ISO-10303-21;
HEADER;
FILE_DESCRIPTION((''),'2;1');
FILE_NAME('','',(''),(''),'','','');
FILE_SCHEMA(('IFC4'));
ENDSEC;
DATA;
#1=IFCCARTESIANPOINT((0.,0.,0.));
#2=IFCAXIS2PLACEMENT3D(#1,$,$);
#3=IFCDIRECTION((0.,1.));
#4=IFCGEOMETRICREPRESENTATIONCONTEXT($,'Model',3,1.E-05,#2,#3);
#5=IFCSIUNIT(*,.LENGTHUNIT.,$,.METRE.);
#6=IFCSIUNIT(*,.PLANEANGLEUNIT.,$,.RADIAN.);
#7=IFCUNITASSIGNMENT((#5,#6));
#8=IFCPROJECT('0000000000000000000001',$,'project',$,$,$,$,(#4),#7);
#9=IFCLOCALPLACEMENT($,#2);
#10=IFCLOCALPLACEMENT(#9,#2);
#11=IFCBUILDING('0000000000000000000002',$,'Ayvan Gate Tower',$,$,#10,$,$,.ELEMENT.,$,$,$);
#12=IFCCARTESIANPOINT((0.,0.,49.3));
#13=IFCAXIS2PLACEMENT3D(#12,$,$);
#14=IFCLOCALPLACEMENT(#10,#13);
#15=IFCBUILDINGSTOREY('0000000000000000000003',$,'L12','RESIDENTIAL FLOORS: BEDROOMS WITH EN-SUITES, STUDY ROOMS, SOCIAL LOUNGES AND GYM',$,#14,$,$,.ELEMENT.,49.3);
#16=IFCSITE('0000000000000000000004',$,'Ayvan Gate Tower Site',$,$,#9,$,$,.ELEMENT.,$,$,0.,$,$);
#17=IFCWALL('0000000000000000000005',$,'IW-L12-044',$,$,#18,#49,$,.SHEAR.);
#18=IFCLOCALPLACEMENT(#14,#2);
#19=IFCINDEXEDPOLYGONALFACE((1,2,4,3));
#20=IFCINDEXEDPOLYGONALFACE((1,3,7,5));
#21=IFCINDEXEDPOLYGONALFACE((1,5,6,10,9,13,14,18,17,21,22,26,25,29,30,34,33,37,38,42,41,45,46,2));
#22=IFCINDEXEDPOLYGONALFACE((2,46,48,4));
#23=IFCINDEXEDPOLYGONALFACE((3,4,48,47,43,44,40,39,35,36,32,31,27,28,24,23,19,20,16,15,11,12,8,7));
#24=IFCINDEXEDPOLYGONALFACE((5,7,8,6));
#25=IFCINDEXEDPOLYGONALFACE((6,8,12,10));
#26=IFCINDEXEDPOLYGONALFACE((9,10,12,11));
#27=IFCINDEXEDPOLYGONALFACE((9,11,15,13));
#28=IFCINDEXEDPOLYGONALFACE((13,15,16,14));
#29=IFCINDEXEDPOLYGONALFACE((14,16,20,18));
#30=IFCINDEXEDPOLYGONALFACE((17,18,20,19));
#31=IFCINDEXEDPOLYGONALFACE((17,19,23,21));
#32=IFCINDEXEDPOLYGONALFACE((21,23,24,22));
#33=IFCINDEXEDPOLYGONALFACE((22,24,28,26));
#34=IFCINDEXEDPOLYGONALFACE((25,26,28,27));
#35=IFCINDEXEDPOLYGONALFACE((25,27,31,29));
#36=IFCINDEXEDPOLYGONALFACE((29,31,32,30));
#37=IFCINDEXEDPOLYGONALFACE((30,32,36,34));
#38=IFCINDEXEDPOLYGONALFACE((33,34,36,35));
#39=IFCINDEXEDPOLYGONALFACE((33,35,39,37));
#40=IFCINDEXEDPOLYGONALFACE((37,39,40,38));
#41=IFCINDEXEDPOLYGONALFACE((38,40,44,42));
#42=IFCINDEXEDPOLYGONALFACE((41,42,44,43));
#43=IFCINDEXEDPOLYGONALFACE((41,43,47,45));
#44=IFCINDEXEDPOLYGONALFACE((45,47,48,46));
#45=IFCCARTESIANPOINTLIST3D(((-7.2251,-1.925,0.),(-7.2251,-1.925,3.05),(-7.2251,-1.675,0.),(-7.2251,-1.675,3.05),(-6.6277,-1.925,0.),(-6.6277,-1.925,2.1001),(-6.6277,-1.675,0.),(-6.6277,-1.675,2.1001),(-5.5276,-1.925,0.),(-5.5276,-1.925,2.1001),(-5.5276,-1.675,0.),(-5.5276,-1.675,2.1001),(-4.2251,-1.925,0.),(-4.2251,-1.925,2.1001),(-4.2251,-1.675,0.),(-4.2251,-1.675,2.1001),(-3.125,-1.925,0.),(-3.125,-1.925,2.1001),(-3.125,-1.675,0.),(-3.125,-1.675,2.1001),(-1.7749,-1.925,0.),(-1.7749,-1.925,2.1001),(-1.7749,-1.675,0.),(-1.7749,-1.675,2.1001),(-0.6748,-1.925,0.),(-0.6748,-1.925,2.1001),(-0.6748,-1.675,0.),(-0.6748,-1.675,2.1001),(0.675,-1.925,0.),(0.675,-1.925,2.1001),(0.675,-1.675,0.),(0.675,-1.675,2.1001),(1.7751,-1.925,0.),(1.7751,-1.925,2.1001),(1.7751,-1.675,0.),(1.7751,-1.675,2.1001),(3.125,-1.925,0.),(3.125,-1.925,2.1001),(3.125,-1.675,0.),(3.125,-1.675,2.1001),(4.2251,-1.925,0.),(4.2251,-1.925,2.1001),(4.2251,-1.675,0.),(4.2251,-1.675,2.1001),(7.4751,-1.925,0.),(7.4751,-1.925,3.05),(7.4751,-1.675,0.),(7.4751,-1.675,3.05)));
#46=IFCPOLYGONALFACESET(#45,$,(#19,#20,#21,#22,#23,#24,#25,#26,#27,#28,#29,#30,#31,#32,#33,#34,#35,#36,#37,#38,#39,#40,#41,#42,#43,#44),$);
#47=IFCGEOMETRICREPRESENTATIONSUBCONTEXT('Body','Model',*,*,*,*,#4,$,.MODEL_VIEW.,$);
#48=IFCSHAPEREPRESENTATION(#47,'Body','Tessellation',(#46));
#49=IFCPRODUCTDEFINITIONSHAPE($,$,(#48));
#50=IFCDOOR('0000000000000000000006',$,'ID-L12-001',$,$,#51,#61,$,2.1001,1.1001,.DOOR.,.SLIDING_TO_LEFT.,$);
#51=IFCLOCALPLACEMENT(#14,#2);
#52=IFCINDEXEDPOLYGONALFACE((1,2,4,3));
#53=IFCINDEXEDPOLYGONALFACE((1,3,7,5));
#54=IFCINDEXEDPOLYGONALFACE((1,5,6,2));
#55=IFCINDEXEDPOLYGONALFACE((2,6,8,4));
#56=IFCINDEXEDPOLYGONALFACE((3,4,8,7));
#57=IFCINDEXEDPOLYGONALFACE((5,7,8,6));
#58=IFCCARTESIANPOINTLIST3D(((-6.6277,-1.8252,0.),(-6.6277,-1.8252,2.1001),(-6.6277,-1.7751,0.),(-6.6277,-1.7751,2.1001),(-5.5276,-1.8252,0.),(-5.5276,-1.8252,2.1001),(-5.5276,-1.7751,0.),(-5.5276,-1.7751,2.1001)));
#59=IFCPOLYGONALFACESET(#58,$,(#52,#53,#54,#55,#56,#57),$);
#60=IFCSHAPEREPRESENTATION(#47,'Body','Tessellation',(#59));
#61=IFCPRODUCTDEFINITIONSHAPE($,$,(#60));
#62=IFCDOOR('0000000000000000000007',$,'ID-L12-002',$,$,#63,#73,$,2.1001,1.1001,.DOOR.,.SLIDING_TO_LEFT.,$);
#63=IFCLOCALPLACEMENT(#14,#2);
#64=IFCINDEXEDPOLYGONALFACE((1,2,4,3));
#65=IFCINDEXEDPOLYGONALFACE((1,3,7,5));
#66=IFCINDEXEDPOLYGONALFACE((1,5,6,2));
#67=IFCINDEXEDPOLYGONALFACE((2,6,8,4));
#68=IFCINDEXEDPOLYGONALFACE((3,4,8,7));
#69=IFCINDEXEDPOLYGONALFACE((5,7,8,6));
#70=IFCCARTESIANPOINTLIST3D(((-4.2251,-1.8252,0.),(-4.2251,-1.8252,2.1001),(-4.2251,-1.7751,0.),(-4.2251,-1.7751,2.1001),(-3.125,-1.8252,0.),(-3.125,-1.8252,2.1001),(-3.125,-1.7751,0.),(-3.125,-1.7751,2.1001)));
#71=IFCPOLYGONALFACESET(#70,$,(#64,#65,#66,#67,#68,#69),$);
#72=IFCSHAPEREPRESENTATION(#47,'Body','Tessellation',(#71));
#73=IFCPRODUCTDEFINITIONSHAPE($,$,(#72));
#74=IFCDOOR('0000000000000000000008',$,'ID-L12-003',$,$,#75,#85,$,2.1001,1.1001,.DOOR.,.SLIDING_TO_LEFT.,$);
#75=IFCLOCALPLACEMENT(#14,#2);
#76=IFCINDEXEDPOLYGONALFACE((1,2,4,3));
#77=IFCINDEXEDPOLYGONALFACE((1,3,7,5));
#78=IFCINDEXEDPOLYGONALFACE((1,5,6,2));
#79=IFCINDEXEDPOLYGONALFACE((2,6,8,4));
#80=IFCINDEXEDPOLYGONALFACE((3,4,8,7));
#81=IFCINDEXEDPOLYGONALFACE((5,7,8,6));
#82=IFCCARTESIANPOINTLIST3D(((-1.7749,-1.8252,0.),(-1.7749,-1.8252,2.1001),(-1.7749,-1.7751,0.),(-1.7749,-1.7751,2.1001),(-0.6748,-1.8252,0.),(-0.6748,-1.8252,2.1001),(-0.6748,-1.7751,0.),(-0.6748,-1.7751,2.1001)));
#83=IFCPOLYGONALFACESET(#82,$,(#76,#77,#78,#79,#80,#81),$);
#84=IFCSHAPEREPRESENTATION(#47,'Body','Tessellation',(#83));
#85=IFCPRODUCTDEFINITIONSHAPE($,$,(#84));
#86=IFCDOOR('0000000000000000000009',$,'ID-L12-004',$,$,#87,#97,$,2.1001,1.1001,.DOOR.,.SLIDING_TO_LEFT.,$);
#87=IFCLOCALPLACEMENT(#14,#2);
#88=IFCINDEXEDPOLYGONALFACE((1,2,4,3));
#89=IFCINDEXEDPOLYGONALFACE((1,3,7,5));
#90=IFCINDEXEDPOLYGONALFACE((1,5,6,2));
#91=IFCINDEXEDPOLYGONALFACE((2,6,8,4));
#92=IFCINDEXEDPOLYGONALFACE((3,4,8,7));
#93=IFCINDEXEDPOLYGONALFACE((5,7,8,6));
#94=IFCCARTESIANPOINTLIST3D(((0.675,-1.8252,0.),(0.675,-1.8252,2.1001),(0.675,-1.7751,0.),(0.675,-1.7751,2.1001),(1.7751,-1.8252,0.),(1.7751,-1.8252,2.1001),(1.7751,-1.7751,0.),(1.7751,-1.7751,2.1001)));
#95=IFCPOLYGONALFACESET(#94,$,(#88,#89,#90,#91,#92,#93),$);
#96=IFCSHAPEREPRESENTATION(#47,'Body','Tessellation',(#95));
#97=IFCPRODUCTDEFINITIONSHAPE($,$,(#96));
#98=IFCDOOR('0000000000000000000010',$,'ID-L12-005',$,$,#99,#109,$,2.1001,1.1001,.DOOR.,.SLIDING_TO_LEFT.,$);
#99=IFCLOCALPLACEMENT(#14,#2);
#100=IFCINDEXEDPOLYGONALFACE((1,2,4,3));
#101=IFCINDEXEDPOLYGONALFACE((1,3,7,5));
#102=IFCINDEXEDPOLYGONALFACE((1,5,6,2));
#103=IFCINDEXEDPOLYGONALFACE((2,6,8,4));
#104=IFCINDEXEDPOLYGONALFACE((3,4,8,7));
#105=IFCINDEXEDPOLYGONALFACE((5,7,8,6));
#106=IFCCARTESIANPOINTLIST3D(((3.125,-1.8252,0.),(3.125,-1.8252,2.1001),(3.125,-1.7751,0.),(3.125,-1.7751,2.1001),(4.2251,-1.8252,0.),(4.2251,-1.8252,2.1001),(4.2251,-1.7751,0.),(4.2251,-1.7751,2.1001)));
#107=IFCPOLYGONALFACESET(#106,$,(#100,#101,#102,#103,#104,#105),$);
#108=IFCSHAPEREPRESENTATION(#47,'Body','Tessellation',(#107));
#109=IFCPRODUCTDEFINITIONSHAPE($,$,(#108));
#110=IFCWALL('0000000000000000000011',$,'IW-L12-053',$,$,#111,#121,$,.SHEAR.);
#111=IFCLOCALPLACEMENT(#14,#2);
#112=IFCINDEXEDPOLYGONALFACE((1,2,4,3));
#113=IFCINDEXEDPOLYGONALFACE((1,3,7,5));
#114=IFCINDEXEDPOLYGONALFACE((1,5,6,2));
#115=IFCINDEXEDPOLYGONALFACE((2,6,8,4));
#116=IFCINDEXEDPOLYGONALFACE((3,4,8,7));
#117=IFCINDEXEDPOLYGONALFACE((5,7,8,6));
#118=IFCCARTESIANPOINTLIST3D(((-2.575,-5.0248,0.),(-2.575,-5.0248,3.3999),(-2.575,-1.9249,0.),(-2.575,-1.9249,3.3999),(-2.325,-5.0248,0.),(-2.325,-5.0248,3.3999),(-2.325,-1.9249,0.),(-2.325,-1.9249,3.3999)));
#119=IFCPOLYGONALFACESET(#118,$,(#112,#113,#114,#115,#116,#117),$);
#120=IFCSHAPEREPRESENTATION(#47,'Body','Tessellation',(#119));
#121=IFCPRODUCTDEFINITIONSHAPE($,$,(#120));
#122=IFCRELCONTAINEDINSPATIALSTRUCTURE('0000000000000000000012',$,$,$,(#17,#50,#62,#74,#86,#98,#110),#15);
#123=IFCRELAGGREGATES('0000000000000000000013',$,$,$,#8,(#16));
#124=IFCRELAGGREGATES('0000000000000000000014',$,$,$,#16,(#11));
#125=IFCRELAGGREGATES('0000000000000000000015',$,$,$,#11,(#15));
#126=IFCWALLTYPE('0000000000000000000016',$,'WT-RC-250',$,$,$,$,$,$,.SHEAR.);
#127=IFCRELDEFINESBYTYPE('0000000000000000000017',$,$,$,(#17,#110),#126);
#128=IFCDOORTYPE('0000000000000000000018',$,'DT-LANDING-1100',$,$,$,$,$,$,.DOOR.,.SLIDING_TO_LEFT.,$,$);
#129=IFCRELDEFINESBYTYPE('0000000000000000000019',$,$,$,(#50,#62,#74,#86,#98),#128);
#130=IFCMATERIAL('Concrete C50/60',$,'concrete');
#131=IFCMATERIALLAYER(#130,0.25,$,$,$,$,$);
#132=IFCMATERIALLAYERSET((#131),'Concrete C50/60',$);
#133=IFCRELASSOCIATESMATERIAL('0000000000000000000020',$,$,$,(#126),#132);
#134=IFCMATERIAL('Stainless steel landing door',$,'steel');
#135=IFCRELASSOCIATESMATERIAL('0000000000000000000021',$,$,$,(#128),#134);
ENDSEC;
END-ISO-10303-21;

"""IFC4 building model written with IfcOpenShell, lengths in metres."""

from ifc_helpers import new_model, si_unit, direction, frame, frame_2d, origin, place, context, subcontext, project, spatial, rectangle, extrude, material, layer, layer_set, type_object, element, fill, save


model = new_model("IFC4")

# Units and contexts
model_context = context("Model", 3, precision=1e-05, world=origin(), true_north=direction((0.0, 1.0)))
body_context = subcontext(model_context, "Body", "Model", "MODEL_VIEW")
ifc_project = project(units=[si_unit("LENGTHUNIT", "METRE"), si_unit("PLANEANGLEUNIT", "RADIAN")], contexts=[model_context])

# Site, building, storey
site_placement = place(None, origin())
site = spatial("IfcSite", under=ifc_project, at=site_placement, Name="Ayvan Gate Tower Site", CompositionType="ELEMENT", RefElevation=0.0)
building_placement = place(site_placement, origin())
building = spatial("IfcBuilding", under=site, at=building_placement, Name="Ayvan Gate Tower", CompositionType="ELEMENT")
storey_placement = place(building_placement, frame((0.0, 0.0, 49.3)))
storey = spatial("IfcBuildingStorey", under=building, at=storey_placement, Name="L12", Description="RESIDENTIAL FLOORS: BEDROOMS WITH EN-SUITES, STUDY ROOMS, SOCIAL LOUNGES AND GYM", CompositionType="ELEMENT", Elevation=49.3)

# Shared definitions
ifc_material_1 = material(Name="Concrete C50/60", Category="concrete")
ifc_layer_1 = layer(ifc_material_1, 0.25)
ifc_layer_set_1 = layer_set([ifc_layer_1], Name="Concrete C50/60")
wall_type_1 = type_object("IfcWallType", Name="WT-RC-250", PredefinedType="SHEAR", material=ifc_layer_set_1)

# Wall, openings, doors
wall_1_placement = place(storey_placement, frame((-7.2251, -1.8, 0.0), z_axis=(0.0, 0.0, 1.0), x_axis=(1.0, 0.0, 0.0)))
wall_1 = element("IfcWall", 1, at=wall_1_placement, inside=storey, type_object=wall_type_1, Name="IW-L12-044", PredefinedType="SHEAR", context=body_context, shape_type="SweptSolid", body=[
    extrude(rectangle(XDim=14.7002, YDim=0.25, at=frame_2d((7.3501, 0.0))), origin(), (0.0, 0.0, 1.0), 3.05),
])
opening_1_placement = place(wall_1_placement, frame((0.5974, 0.0, 0.0)))
opening_1 = element("IfcOpeningElement", 2, at=opening_1_placement, cuts=wall_1, PredefinedType="OPENING", context=body_context, shape_type="SweptSolid", body=[
    extrude(rectangle(XDim=1.1001, YDim=2.1001, at=frame_2d((0.55, 1.05))), frame((0.0, 0.135, 0.0), z_axis=(0.0, -1.0, 0.0), x_axis=(1.0, 0.0, 0.0)), (0.0, 0.0, 1.0), 0.27),
])
opening_2_placement = place(wall_1_placement, frame((3.0, 0.0, 0.0)))
opening_2 = element("IfcOpeningElement", 3, at=opening_2_placement, cuts=wall_1, PredefinedType="OPENING", context=body_context, shape_type="SweptSolid", body=[
    extrude(rectangle(XDim=1.1001, YDim=2.1001, at=frame_2d((0.55, 1.05))), frame((0.0, 0.135, 0.0), z_axis=(0.0, -1.0, 0.0), x_axis=(1.0, 0.0, 0.0)), (0.0, 0.0, 1.0), 0.27),
])
opening_3_placement = place(wall_1_placement, frame((5.4502, 0.0, 0.0)))
opening_3 = element("IfcOpeningElement", 4, at=opening_3_placement, cuts=wall_1, PredefinedType="OPENING", context=body_context, shape_type="SweptSolid", body=[
    extrude(rectangle(XDim=1.1001, YDim=2.1001, at=frame_2d((0.55, 1.05))), frame((0.0, 0.135, 0.0), z_axis=(0.0, -1.0, 0.0), x_axis=(1.0, 0.0, 0.0)), (0.0, 0.0, 1.0), 0.27),
])
opening_4_placement = place(wall_1_placement, frame((7.9001, 0.0, 0.0)))
opening_4 = element("IfcOpeningElement", 5, at=opening_4_placement, cuts=wall_1, PredefinedType="OPENING", context=body_context, shape_type="SweptSolid", body=[
    extrude(rectangle(XDim=1.1001, YDim=2.1001, at=frame_2d((0.55, 1.05))), frame((0.0, 0.135, 0.0), z_axis=(0.0, -1.0, 0.0), x_axis=(1.0, 0.0, 0.0)), (0.0, 0.0, 1.0), 0.27),
])
opening_5_placement = place(wall_1_placement, frame((10.3501, 0.0, 0.0)))
opening_5 = element("IfcOpeningElement", 6, at=opening_5_placement, cuts=wall_1, PredefinedType="OPENING", context=body_context, shape_type="SweptSolid", body=[
    extrude(rectangle(XDim=1.1001, YDim=2.1001, at=frame_2d((0.55, 1.05))), frame((0.0, 0.135, 0.0), z_axis=(0.0, -1.0, 0.0), x_axis=(1.0, 0.0, 0.0)), (0.0, 0.0, 1.0), 0.27),
])
ifc_material_2 = material(Name="Stainless steel landing door", Category="steel")
door_type_1 = type_object("IfcDoorType", Name="DT-LANDING-1100", OperationType="SLIDING_TO_LEFT", PredefinedType="DOOR", material=ifc_material_2)
door_1_placement = place(opening_1_placement, origin())
door_1 = element("IfcDoor", 7, at=door_1_placement, inside=storey, type_object=door_type_1, Name="ID-L12-001", OperationType="SLIDING_TO_LEFT", OverallHeight=2.1001, OverallWidth=1.1001, PredefinedType="DOOR", context=body_context, shape_type="SweptSolid", body=[
    extrude(rectangle(XDim=1.1001, YDim=2.1001, at=frame_2d((0.55, 1.05))), frame((0.0, 0.0249, 0.0), z_axis=(0.0, -1.0, 0.0), x_axis=(1.0, 0.0, 0.0)), (0.0, 0.0, 1.0), 0.05),
])
fill(opening_1, door_1)
door_2_placement = place(opening_2_placement, origin())
door_2 = element("IfcDoor", 8, at=door_2_placement, inside=storey, type_object=door_type_1, Name="ID-L12-002", OperationType="SLIDING_TO_LEFT", OverallHeight=2.1001, OverallWidth=1.1001, PredefinedType="DOOR", context=body_context, shape_type="SweptSolid", body=[
    extrude(rectangle(XDim=1.1001, YDim=2.1001, at=frame_2d((0.55, 1.05))), frame((0.0, 0.0249, 0.0), z_axis=(0.0, -1.0, 0.0), x_axis=(1.0, 0.0, 0.0)), (0.0, 0.0, 1.0), 0.05),
])
fill(opening_2, door_2)
door_3_placement = place(opening_3_placement, origin())
door_3 = element("IfcDoor", 9, at=door_3_placement, inside=storey, type_object=door_type_1, Name="ID-L12-003", OperationType="SLIDING_TO_LEFT", OverallHeight=2.1001, OverallWidth=1.1001, PredefinedType="DOOR", context=body_context, shape_type="SweptSolid", body=[
    extrude(rectangle(XDim=1.1001, YDim=2.1001, at=frame_2d((0.55, 1.05))), frame((0.0, 0.0249, 0.0), z_axis=(0.0, -1.0, 0.0), x_axis=(1.0, 0.0, 0.0)), (0.0, 0.0, 1.0), 0.05),
])
fill(opening_3, door_3)
door_4_placement = place(opening_4_placement, origin())
door_4 = element("IfcDoor", 10, at=door_4_placement, inside=storey, type_object=door_type_1, Name="ID-L12-004", OperationType="SLIDING_TO_LEFT", OverallHeight=2.1001, OverallWidth=1.1001, PredefinedType="DOOR", context=body_context, shape_type="SweptSolid", body=[
    extrude(rectangle(XDim=1.1001, YDim=2.1001, at=frame_2d((0.55, 1.05))), frame((0.0, 0.0249, 0.0), z_axis=(0.0, -1.0, 0.0), x_axis=(1.0, 0.0, 0.0)), (0.0, 0.0, 1.0), 0.05),
])
fill(opening_4, door_4)
door_5_placement = place(opening_5_placement, origin())
door_5 = element("IfcDoor", 11, at=door_5_placement, inside=storey, type_object=door_type_1, Name="ID-L12-005", OperationType="SLIDING_TO_LEFT", OverallHeight=2.1001, OverallWidth=1.1001, PredefinedType="DOOR", context=body_context, shape_type="SweptSolid", body=[
    extrude(rectangle(XDim=1.1001, YDim=2.1001, at=frame_2d((0.55, 1.05))), frame((0.0, 0.0249, 0.0), z_axis=(0.0, -1.0, 0.0), x_axis=(1.0, 0.0, 0.0)), (0.0, 0.0, 1.0), 0.05),
])
fill(opening_5, door_5)

# Wall
wall_2_placement = place(storey_placement, frame((-2.45, -1.925, 0.0), z_axis=(0.0, 0.0, 1.0), x_axis=(0.0, -1.0, 0.0)))
element("IfcWall", 12, at=wall_2_placement, inside=storey, type_object=wall_type_1, Name="IW-L12-053", PredefinedType="SHEAR", context=body_context, shape_type="SweptSolid", body=[
    extrude(rectangle(XDim=3.0999, YDim=0.25, at=frame_2d((1.5498, 0.0))), origin(), (0.0, 0.0, 1.0), 3.3999),
])

save(model, "model.ifc")
